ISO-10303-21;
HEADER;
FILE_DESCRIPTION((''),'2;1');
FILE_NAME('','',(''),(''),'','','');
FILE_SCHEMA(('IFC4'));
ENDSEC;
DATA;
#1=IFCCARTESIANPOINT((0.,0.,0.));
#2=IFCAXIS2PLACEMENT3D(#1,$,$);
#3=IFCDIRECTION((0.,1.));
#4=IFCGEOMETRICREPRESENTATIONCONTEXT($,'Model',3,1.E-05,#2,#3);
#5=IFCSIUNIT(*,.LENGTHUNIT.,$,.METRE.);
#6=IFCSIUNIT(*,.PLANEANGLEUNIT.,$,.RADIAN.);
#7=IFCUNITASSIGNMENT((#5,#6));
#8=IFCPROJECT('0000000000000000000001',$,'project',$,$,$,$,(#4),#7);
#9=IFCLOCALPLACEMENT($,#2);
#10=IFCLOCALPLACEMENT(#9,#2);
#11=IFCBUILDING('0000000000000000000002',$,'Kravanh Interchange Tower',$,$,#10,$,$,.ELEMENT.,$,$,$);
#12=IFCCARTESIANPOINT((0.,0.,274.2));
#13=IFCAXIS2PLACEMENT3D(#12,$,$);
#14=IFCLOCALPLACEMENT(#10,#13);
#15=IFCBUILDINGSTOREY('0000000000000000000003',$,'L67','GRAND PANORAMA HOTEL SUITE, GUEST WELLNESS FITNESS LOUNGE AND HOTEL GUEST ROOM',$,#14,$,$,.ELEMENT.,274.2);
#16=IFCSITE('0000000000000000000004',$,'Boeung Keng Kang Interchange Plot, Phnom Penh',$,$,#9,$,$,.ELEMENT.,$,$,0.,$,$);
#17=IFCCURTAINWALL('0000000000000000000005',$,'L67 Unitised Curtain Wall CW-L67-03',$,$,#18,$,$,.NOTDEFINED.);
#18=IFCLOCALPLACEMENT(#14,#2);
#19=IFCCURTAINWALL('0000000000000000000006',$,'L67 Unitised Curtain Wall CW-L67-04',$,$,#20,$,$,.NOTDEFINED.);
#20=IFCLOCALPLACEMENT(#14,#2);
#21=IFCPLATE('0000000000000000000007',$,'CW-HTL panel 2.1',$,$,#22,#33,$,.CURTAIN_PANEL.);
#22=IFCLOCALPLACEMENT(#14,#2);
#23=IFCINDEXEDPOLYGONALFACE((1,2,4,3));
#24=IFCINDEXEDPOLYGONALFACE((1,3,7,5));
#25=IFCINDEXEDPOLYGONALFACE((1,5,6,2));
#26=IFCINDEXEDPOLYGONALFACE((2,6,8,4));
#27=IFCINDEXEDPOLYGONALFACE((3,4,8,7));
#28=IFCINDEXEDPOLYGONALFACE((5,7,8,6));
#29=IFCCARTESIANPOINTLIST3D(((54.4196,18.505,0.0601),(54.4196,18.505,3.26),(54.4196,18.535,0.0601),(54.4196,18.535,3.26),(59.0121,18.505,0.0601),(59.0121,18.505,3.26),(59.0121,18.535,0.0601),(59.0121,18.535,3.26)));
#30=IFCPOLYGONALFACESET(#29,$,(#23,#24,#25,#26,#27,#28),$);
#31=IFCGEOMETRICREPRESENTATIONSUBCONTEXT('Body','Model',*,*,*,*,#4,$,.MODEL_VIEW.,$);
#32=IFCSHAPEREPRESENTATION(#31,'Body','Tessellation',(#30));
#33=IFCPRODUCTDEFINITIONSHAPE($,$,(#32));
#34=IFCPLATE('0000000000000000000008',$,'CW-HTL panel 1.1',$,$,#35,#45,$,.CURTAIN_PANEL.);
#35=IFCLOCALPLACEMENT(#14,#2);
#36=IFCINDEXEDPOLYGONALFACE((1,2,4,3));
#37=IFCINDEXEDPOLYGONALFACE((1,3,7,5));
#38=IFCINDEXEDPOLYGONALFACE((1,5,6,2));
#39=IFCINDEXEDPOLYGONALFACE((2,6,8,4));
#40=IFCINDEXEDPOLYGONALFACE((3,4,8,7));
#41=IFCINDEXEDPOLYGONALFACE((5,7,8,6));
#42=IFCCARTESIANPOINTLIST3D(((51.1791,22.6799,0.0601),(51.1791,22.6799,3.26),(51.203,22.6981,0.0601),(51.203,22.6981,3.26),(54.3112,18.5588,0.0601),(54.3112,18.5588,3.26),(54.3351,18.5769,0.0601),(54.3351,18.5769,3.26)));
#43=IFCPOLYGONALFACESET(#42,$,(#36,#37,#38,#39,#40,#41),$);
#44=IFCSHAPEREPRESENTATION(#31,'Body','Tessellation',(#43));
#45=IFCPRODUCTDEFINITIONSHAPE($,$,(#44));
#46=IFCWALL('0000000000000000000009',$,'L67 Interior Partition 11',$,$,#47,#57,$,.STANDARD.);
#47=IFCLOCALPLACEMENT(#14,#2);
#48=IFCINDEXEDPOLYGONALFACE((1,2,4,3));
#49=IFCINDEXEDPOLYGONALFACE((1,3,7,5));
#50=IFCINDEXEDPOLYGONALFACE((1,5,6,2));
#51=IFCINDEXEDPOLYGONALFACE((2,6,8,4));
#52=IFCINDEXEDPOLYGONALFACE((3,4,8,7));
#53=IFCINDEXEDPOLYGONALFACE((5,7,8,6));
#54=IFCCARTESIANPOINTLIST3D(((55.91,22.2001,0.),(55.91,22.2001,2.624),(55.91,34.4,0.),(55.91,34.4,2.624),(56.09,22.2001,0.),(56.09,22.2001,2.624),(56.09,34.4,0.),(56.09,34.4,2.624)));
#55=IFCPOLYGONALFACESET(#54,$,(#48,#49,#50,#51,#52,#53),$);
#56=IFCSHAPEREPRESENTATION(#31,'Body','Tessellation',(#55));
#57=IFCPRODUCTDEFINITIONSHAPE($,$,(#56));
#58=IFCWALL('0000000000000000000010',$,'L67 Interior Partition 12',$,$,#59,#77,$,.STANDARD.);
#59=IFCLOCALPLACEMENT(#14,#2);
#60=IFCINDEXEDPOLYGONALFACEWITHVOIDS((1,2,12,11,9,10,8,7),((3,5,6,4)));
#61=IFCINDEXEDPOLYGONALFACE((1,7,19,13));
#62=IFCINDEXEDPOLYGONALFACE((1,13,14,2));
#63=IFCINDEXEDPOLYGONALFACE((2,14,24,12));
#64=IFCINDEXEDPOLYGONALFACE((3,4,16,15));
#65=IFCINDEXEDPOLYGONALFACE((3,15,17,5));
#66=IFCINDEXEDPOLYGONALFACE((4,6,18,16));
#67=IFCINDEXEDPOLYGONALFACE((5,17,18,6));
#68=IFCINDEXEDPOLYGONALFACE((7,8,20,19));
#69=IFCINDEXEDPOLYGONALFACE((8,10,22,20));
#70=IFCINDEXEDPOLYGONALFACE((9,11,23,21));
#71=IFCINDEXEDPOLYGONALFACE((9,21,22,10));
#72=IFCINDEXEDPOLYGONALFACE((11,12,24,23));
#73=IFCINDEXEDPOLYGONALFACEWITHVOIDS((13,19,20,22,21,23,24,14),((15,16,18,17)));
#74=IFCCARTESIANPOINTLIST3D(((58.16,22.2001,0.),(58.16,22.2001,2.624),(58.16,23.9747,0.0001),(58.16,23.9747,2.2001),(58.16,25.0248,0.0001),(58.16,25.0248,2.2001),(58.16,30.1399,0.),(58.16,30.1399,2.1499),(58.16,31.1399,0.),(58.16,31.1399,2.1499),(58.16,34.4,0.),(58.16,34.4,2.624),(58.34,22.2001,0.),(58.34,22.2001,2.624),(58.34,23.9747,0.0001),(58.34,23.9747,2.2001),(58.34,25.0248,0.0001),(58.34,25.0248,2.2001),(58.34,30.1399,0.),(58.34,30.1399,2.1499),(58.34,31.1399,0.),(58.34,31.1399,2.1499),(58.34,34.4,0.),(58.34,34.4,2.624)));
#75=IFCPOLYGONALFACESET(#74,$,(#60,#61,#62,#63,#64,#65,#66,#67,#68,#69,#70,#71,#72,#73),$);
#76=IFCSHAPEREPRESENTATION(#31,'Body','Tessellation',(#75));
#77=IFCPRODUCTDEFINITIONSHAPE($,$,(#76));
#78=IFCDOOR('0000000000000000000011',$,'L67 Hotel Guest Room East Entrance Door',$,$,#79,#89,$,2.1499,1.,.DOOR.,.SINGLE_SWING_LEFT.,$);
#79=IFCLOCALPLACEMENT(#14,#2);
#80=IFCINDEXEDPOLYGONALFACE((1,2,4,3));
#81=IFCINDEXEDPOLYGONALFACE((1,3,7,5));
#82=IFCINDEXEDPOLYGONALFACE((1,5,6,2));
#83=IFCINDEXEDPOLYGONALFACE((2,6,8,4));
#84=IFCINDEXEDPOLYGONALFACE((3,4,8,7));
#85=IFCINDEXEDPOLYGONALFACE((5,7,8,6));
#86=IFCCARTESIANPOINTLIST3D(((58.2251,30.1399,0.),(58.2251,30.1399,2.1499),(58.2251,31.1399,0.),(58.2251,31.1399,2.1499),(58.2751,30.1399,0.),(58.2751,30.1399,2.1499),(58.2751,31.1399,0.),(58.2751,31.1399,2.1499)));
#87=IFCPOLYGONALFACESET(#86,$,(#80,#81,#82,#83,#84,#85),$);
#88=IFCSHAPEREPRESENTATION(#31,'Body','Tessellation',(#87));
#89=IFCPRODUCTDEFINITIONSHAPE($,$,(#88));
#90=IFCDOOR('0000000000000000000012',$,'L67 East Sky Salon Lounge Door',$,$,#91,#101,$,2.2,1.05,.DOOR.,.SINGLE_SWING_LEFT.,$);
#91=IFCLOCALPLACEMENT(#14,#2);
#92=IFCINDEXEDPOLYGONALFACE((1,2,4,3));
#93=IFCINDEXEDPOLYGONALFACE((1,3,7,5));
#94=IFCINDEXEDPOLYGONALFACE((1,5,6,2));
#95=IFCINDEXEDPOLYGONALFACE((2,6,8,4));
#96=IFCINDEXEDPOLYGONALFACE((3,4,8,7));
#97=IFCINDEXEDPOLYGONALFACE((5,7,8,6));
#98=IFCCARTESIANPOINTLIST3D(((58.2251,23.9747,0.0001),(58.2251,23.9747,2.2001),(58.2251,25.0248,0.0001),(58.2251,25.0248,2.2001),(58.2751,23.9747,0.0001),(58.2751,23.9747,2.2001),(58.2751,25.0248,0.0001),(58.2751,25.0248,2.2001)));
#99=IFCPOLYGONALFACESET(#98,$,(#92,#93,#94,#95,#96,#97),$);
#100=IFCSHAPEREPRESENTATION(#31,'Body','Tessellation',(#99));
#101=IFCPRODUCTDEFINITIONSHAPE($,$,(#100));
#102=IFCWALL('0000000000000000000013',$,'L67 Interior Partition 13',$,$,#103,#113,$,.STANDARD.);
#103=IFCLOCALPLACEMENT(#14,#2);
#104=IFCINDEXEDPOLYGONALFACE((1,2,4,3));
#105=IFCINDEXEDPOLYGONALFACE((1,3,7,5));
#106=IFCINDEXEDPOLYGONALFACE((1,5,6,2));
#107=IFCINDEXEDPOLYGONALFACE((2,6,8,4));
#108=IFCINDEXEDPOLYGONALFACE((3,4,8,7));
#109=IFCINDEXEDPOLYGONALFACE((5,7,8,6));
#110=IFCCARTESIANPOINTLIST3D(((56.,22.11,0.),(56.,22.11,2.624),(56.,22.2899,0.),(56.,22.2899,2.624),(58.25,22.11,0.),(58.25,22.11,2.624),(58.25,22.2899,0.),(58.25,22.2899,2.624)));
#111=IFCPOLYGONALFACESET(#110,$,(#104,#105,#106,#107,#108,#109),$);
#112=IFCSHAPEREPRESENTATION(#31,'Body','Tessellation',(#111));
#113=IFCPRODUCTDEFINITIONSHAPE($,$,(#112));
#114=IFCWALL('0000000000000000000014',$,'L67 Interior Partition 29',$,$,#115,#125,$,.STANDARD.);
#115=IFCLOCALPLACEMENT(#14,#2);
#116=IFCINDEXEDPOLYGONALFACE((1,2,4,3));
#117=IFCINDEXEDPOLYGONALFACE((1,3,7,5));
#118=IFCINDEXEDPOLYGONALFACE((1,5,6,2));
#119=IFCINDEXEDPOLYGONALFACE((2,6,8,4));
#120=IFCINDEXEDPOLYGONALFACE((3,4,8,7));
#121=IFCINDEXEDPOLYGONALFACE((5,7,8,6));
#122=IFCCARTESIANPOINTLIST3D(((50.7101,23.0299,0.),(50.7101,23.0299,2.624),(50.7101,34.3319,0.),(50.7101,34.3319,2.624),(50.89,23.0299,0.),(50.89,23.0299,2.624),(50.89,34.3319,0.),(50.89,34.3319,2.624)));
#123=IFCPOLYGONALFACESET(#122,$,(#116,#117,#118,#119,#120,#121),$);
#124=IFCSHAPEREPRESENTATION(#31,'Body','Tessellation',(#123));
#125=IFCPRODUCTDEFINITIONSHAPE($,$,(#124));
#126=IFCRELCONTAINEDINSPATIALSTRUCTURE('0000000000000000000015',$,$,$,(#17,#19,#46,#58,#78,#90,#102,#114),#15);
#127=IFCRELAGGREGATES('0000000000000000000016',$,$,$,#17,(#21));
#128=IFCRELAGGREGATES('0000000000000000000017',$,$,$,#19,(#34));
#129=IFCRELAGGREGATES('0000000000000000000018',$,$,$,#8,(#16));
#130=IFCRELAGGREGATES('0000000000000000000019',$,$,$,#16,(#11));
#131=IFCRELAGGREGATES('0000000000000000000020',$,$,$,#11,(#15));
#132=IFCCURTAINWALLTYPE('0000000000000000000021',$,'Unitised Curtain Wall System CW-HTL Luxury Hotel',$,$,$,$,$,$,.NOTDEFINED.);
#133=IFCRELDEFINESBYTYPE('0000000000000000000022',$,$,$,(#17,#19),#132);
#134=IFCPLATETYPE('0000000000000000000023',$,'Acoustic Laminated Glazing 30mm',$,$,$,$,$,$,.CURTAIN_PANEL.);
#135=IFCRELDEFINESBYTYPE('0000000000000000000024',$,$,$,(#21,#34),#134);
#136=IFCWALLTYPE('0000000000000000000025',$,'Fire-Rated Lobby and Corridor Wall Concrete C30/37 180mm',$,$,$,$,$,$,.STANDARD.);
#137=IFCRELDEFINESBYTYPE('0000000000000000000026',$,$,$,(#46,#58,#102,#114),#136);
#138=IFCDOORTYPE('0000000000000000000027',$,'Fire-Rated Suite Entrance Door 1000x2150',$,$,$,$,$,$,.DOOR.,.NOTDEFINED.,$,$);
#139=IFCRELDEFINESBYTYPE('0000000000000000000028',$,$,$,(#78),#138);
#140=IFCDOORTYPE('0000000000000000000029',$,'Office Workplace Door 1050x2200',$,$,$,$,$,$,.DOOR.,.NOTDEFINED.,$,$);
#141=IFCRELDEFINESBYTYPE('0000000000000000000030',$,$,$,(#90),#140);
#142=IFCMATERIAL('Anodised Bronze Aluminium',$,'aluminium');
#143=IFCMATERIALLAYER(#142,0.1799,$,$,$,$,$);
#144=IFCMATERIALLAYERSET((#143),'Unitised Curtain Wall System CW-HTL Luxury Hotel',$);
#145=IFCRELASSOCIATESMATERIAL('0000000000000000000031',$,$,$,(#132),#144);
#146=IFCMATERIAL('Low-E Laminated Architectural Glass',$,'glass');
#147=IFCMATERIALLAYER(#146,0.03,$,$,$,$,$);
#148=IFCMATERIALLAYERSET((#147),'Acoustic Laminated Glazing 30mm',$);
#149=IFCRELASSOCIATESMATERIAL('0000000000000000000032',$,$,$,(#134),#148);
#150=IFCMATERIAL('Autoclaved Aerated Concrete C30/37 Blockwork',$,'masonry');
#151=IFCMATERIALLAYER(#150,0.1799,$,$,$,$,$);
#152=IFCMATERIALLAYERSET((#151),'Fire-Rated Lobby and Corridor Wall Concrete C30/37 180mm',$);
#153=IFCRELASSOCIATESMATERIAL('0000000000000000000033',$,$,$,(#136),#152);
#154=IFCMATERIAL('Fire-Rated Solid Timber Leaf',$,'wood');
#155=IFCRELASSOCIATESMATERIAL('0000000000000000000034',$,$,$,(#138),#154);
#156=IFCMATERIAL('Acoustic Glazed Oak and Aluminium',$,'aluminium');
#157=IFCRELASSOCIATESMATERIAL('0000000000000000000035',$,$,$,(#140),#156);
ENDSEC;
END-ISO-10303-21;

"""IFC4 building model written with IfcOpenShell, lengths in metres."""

from ifc_helpers import new_model, si_unit, direction, frame, frame_2d, origin, origin_2d, place, context, subcontext, project, spatial, rectangle, extrude, material, layer, layer_set, type_object, element, fill, aggregate, save


model = new_model("IFC4")

# Units and contexts
model_context = context("Model", 3, precision=1e-05, world=origin(), true_north=direction((0.0, 1.0)))
body_context = subcontext(model_context, "Body", "Model", "MODEL_VIEW")
ifc_project = project(units=[si_unit("LENGTHUNIT", "METRE"), si_unit("PLANEANGLEUNIT", "RADIAN")], contexts=[model_context])

# Site, building, storey
site_placement = place(None, origin())
site = spatial("IfcSite", under=ifc_project, at=site_placement, Name="Boeung Keng Kang Interchange Plot, Phnom Penh", CompositionType="ELEMENT", RefElevation=0.0)
building_placement = place(site_placement, origin())
building = spatial("IfcBuilding", under=site, at=building_placement, Name="Kravanh Interchange Tower", CompositionType="ELEMENT")
storey_placement = place(building_placement, frame((0.0, 0.0, 274.2)))
storey = spatial("IfcBuildingStorey", under=building, at=storey_placement, Name="L67", Description="GRAND PANORAMA HOTEL SUITE, GUEST WELLNESS FITNESS LOUNGE AND HOTEL GUEST ROOM", CompositionType="ELEMENT", Elevation=274.2)

# Curtain wall
ifc_material_1 = material(Name="Anodised Bronze Aluminium", Category="aluminium")
ifc_layer_1 = layer(ifc_material_1, 0.1799)
ifc_layer_set_1 = layer_set([ifc_layer_1], Name="Unitised Curtain Wall System CW-HTL Luxury Hotel")
curtain_wall_type = type_object("IfcCurtainWallType", Name="Unitised Curtain Wall System CW-HTL Luxury Hotel", PredefinedType="NOTDEFINED", material=ifc_layer_set_1)
curtain_wall_1_placement = place(storey_placement, origin())
curtain_wall_1 = element("IfcCurtainWall", 1, at=curtain_wall_1_placement, inside=storey, type_object=curtain_wall_type, Name="L67 Unitised Curtain Wall CW-L67-03", PredefinedType="NOTDEFINED")

# Curtain wall
curtain_wall_2_placement = place(storey_placement, origin())
curtain_wall_2 = element("IfcCurtainWall", 2, at=curtain_wall_2_placement, inside=storey, type_object=curtain_wall_type, Name="L67 Unitised Curtain Wall CW-L67-04", PredefinedType="NOTDEFINED")

# Plates
ifc_material_2 = material(Name="Low-E Laminated Architectural Glass", Category="glass")
ifc_layer_2 = layer(ifc_material_2, 0.03)
ifc_layer_set_2 = layer_set([ifc_layer_2], Name="Acoustic Laminated Glazing 30mm")
plate_type = type_object("IfcPlateType", Name="Acoustic Laminated Glazing 30mm", PredefinedType="CURTAIN_PANEL", material=ifc_layer_set_2)
plate_1_placement = place(storey_placement, frame((56.7158, 18.52, 0.0601), z_axis=(0.0, 0.0, 1.0), x_axis=(-1.0, 0.0, 0.0)))
plate_1 = element("IfcPlate", 3, at=plate_1_placement, type_object=plate_type, Name="CW-HTL panel 2.1", PredefinedType="CURTAIN_PANEL", context=body_context, shape_type="SweptSolid", body=[
    extrude(rectangle(XDim=4.5925, YDim=0.03, at=origin_2d()), origin(), (0.0, 0.0, 1.0), 3.2),
])
aggregate(curtain_wall_1, [plate_1])
plate_2_placement = place(storey_placement, frame((52.7571, 20.6284, 0.0601), z_axis=(0.0, 0.0, 1.0), x_axis=(-0.605083, 0.796162, 0.0)))
plate_2 = element("IfcPlate", 4, at=plate_2_placement, type_object=plate_type, Name="CW-HTL panel 1.1", PredefinedType="CURTAIN_PANEL", context=body_context, shape_type="SweptSolid", body=[
    extrude(rectangle(XDim=5.1763, YDim=0.03, at=origin_2d()), origin(), (0.0, 0.0, 1.0), 3.2),
])
aggregate(curtain_wall_2, [plate_2])

# Wall
ifc_material_3 = material(Name="Autoclaved Aerated Concrete C30/37 Blockwork", Category="masonry")
ifc_layer_3 = layer(ifc_material_3, 0.1799)
ifc_layer_set_3 = layer_set([ifc_layer_3], Name="Fire-Rated Lobby and Corridor Wall Concrete C30/37 180mm")
wall_type = type_object("IfcWallType", Name="Fire-Rated Lobby and Corridor Wall Concrete C30/37 180mm", PredefinedType="STANDARD", material=ifc_layer_set_3)
wall_1_placement = place(storey_placement, frame((56.0, 22.2, 0.0), z_axis=(0.0, 0.0, 1.0), x_axis=(0.0, 1.0, 0.0)))
element("IfcWall", 5, at=wall_1_placement, inside=storey, type_object=wall_type, Name="L67 Interior Partition 11", PredefinedType="STANDARD", context=body_context, shape_type="SweptSolid", body=[
    extrude(rectangle(XDim=12.2, YDim=0.1799, at=frame_2d((6.1001, 0.0))), origin(), (0.0, 0.0, 1.0), 2.624),
])

# Wall, openings, doors
wall_2_placement = place(storey_placement, frame((58.25, 22.2, 0.0), z_axis=(0.0, 0.0, 1.0), x_axis=(0.0, 1.0, 0.0)))
wall_2 = element("IfcWall", 6, at=wall_2_placement, inside=storey, type_object=wall_type, Name="L67 Interior Partition 12", PredefinedType="STANDARD", context=body_context, shape_type="SweptSolid", body=[
    extrude(rectangle(XDim=12.2, YDim=0.1799, at=frame_2d((6.1001, 0.0))), origin(), (0.0, 0.0, 1.0), 2.624),
])
opening_1_placement = place(wall_2_placement, frame((1.7749, 0.0, 0.0)))
opening_1 = element("IfcOpeningElement", 7, at=opening_1_placement, cuts=wall_2, PredefinedType="OPENING", context=body_context, shape_type="SweptSolid", body=[
    extrude(rectangle(XDim=1.05, YDim=2.2, at=frame_2d((0.5249, 1.1001))), frame((0.0, 0.1001, 0.0), z_axis=(0.0, -1.0, 0.0), x_axis=(1.0, 0.0, 0.0)), (0.0, 0.0, 1.0), 0.2),
])
opening_2_placement = place(wall_2_placement, frame((7.9399, 0.0, 0.0)))
opening_2 = element("IfcOpeningElement", 8, at=opening_2_placement, cuts=wall_2, PredefinedType="OPENING", context=body_context, shape_type="SweptSolid", body=[
    extrude(rectangle(XDim=1.0, YDim=2.1499, at=frame_2d((0.5, 1.075))), frame((0.0, 0.1001, 0.0), z_axis=(0.0, -1.0, 0.0), x_axis=(1.0, 0.0, 0.0)), (0.0, 0.0, 1.0), 0.2),
])
ifc_material_4 = material(Name="Fire-Rated Solid Timber Leaf", Category="wood")
door_type_1 = type_object("IfcDoorType", Name="Fire-Rated Suite Entrance Door 1000x2150", OperationType="NOTDEFINED", PredefinedType="DOOR", material=ifc_material_4)
door_1_placement = place(opening_2_placement, origin())
door_1 = element("IfcDoor", 9, at=door_1_placement, inside=storey, type_object=door_type_1, Name="L67 Hotel Guest Room East Entrance Door", OperationType="SINGLE_SWING_LEFT", OverallHeight=2.1499, OverallWidth=1.0, PredefinedType="DOOR", context=body_context, shape_type="SweptSolid", body=[
    extrude(rectangle(XDim=1.0, YDim=2.1499, at=frame_2d((0.5, 1.075))), frame((0.0, 0.0249, 0.0), z_axis=(0.0, -1.0, 0.0), x_axis=(1.0, 0.0, 0.0)), (0.0, 0.0, 1.0), 0.05),
])
fill(opening_2, door_1)
ifc_material_5 = material(Name="Acoustic Glazed Oak and Aluminium", Category="aluminium")
door_type_2 = type_object("IfcDoorType", Name="Office Workplace Door 1050x2200", OperationType="NOTDEFINED", PredefinedType="DOOR", material=ifc_material_5)
door_2_placement = place(opening_1_placement, origin())
door_2 = element("IfcDoor", 10, at=door_2_placement, inside=storey, type_object=door_type_2, Name="L67 East Sky Salon Lounge Door", OperationType="SINGLE_SWING_LEFT", OverallHeight=2.2, OverallWidth=1.05, PredefinedType="DOOR", context=body_context, shape_type="SweptSolid", body=[
    extrude(rectangle(XDim=1.05, YDim=2.2, at=frame_2d((0.5249, 1.1001))), frame((0.0, 0.0249, 0.0), z_axis=(0.0, -1.0, 0.0), x_axis=(1.0, 0.0, 0.0)), (0.0, 0.0, 1.0), 0.05),
])
fill(opening_1, door_2)

# Walls
wall_3_placement = place(storey_placement, frame((56.0, 22.2, 0.0), z_axis=(0.0, 0.0, 1.0), x_axis=(1.0, 0.0, 0.0)))
element("IfcWall", 11, at=wall_3_placement, inside=storey, type_object=wall_type, Name="L67 Interior Partition 13", PredefinedType="STANDARD", context=body_context, shape_type="SweptSolid", body=[
    extrude(rectangle(XDim=2.25, YDim=0.1799, at=frame_2d((1.125, 0.0))), origin(), (0.0, 0.0, 1.0), 2.624),
])
wall_4_placement = place(storey_placement, frame((50.8, 23.03, 0.0), z_axis=(0.0, 0.0, 1.0), x_axis=(0.0, 1.0, 0.0)))
element("IfcWall", 12, at=wall_4_placement, inside=storey, type_object=wall_type, Name="L67 Interior Partition 29", PredefinedType="STANDARD", context=body_context, shape_type="SweptSolid", body=[
    extrude(rectangle(XDim=11.302, YDim=0.1799, at=frame_2d((5.6509, 0.0))), origin(), (0.0, 0.0, 1.0), 2.624),
])

save(model, "model.ifc")
